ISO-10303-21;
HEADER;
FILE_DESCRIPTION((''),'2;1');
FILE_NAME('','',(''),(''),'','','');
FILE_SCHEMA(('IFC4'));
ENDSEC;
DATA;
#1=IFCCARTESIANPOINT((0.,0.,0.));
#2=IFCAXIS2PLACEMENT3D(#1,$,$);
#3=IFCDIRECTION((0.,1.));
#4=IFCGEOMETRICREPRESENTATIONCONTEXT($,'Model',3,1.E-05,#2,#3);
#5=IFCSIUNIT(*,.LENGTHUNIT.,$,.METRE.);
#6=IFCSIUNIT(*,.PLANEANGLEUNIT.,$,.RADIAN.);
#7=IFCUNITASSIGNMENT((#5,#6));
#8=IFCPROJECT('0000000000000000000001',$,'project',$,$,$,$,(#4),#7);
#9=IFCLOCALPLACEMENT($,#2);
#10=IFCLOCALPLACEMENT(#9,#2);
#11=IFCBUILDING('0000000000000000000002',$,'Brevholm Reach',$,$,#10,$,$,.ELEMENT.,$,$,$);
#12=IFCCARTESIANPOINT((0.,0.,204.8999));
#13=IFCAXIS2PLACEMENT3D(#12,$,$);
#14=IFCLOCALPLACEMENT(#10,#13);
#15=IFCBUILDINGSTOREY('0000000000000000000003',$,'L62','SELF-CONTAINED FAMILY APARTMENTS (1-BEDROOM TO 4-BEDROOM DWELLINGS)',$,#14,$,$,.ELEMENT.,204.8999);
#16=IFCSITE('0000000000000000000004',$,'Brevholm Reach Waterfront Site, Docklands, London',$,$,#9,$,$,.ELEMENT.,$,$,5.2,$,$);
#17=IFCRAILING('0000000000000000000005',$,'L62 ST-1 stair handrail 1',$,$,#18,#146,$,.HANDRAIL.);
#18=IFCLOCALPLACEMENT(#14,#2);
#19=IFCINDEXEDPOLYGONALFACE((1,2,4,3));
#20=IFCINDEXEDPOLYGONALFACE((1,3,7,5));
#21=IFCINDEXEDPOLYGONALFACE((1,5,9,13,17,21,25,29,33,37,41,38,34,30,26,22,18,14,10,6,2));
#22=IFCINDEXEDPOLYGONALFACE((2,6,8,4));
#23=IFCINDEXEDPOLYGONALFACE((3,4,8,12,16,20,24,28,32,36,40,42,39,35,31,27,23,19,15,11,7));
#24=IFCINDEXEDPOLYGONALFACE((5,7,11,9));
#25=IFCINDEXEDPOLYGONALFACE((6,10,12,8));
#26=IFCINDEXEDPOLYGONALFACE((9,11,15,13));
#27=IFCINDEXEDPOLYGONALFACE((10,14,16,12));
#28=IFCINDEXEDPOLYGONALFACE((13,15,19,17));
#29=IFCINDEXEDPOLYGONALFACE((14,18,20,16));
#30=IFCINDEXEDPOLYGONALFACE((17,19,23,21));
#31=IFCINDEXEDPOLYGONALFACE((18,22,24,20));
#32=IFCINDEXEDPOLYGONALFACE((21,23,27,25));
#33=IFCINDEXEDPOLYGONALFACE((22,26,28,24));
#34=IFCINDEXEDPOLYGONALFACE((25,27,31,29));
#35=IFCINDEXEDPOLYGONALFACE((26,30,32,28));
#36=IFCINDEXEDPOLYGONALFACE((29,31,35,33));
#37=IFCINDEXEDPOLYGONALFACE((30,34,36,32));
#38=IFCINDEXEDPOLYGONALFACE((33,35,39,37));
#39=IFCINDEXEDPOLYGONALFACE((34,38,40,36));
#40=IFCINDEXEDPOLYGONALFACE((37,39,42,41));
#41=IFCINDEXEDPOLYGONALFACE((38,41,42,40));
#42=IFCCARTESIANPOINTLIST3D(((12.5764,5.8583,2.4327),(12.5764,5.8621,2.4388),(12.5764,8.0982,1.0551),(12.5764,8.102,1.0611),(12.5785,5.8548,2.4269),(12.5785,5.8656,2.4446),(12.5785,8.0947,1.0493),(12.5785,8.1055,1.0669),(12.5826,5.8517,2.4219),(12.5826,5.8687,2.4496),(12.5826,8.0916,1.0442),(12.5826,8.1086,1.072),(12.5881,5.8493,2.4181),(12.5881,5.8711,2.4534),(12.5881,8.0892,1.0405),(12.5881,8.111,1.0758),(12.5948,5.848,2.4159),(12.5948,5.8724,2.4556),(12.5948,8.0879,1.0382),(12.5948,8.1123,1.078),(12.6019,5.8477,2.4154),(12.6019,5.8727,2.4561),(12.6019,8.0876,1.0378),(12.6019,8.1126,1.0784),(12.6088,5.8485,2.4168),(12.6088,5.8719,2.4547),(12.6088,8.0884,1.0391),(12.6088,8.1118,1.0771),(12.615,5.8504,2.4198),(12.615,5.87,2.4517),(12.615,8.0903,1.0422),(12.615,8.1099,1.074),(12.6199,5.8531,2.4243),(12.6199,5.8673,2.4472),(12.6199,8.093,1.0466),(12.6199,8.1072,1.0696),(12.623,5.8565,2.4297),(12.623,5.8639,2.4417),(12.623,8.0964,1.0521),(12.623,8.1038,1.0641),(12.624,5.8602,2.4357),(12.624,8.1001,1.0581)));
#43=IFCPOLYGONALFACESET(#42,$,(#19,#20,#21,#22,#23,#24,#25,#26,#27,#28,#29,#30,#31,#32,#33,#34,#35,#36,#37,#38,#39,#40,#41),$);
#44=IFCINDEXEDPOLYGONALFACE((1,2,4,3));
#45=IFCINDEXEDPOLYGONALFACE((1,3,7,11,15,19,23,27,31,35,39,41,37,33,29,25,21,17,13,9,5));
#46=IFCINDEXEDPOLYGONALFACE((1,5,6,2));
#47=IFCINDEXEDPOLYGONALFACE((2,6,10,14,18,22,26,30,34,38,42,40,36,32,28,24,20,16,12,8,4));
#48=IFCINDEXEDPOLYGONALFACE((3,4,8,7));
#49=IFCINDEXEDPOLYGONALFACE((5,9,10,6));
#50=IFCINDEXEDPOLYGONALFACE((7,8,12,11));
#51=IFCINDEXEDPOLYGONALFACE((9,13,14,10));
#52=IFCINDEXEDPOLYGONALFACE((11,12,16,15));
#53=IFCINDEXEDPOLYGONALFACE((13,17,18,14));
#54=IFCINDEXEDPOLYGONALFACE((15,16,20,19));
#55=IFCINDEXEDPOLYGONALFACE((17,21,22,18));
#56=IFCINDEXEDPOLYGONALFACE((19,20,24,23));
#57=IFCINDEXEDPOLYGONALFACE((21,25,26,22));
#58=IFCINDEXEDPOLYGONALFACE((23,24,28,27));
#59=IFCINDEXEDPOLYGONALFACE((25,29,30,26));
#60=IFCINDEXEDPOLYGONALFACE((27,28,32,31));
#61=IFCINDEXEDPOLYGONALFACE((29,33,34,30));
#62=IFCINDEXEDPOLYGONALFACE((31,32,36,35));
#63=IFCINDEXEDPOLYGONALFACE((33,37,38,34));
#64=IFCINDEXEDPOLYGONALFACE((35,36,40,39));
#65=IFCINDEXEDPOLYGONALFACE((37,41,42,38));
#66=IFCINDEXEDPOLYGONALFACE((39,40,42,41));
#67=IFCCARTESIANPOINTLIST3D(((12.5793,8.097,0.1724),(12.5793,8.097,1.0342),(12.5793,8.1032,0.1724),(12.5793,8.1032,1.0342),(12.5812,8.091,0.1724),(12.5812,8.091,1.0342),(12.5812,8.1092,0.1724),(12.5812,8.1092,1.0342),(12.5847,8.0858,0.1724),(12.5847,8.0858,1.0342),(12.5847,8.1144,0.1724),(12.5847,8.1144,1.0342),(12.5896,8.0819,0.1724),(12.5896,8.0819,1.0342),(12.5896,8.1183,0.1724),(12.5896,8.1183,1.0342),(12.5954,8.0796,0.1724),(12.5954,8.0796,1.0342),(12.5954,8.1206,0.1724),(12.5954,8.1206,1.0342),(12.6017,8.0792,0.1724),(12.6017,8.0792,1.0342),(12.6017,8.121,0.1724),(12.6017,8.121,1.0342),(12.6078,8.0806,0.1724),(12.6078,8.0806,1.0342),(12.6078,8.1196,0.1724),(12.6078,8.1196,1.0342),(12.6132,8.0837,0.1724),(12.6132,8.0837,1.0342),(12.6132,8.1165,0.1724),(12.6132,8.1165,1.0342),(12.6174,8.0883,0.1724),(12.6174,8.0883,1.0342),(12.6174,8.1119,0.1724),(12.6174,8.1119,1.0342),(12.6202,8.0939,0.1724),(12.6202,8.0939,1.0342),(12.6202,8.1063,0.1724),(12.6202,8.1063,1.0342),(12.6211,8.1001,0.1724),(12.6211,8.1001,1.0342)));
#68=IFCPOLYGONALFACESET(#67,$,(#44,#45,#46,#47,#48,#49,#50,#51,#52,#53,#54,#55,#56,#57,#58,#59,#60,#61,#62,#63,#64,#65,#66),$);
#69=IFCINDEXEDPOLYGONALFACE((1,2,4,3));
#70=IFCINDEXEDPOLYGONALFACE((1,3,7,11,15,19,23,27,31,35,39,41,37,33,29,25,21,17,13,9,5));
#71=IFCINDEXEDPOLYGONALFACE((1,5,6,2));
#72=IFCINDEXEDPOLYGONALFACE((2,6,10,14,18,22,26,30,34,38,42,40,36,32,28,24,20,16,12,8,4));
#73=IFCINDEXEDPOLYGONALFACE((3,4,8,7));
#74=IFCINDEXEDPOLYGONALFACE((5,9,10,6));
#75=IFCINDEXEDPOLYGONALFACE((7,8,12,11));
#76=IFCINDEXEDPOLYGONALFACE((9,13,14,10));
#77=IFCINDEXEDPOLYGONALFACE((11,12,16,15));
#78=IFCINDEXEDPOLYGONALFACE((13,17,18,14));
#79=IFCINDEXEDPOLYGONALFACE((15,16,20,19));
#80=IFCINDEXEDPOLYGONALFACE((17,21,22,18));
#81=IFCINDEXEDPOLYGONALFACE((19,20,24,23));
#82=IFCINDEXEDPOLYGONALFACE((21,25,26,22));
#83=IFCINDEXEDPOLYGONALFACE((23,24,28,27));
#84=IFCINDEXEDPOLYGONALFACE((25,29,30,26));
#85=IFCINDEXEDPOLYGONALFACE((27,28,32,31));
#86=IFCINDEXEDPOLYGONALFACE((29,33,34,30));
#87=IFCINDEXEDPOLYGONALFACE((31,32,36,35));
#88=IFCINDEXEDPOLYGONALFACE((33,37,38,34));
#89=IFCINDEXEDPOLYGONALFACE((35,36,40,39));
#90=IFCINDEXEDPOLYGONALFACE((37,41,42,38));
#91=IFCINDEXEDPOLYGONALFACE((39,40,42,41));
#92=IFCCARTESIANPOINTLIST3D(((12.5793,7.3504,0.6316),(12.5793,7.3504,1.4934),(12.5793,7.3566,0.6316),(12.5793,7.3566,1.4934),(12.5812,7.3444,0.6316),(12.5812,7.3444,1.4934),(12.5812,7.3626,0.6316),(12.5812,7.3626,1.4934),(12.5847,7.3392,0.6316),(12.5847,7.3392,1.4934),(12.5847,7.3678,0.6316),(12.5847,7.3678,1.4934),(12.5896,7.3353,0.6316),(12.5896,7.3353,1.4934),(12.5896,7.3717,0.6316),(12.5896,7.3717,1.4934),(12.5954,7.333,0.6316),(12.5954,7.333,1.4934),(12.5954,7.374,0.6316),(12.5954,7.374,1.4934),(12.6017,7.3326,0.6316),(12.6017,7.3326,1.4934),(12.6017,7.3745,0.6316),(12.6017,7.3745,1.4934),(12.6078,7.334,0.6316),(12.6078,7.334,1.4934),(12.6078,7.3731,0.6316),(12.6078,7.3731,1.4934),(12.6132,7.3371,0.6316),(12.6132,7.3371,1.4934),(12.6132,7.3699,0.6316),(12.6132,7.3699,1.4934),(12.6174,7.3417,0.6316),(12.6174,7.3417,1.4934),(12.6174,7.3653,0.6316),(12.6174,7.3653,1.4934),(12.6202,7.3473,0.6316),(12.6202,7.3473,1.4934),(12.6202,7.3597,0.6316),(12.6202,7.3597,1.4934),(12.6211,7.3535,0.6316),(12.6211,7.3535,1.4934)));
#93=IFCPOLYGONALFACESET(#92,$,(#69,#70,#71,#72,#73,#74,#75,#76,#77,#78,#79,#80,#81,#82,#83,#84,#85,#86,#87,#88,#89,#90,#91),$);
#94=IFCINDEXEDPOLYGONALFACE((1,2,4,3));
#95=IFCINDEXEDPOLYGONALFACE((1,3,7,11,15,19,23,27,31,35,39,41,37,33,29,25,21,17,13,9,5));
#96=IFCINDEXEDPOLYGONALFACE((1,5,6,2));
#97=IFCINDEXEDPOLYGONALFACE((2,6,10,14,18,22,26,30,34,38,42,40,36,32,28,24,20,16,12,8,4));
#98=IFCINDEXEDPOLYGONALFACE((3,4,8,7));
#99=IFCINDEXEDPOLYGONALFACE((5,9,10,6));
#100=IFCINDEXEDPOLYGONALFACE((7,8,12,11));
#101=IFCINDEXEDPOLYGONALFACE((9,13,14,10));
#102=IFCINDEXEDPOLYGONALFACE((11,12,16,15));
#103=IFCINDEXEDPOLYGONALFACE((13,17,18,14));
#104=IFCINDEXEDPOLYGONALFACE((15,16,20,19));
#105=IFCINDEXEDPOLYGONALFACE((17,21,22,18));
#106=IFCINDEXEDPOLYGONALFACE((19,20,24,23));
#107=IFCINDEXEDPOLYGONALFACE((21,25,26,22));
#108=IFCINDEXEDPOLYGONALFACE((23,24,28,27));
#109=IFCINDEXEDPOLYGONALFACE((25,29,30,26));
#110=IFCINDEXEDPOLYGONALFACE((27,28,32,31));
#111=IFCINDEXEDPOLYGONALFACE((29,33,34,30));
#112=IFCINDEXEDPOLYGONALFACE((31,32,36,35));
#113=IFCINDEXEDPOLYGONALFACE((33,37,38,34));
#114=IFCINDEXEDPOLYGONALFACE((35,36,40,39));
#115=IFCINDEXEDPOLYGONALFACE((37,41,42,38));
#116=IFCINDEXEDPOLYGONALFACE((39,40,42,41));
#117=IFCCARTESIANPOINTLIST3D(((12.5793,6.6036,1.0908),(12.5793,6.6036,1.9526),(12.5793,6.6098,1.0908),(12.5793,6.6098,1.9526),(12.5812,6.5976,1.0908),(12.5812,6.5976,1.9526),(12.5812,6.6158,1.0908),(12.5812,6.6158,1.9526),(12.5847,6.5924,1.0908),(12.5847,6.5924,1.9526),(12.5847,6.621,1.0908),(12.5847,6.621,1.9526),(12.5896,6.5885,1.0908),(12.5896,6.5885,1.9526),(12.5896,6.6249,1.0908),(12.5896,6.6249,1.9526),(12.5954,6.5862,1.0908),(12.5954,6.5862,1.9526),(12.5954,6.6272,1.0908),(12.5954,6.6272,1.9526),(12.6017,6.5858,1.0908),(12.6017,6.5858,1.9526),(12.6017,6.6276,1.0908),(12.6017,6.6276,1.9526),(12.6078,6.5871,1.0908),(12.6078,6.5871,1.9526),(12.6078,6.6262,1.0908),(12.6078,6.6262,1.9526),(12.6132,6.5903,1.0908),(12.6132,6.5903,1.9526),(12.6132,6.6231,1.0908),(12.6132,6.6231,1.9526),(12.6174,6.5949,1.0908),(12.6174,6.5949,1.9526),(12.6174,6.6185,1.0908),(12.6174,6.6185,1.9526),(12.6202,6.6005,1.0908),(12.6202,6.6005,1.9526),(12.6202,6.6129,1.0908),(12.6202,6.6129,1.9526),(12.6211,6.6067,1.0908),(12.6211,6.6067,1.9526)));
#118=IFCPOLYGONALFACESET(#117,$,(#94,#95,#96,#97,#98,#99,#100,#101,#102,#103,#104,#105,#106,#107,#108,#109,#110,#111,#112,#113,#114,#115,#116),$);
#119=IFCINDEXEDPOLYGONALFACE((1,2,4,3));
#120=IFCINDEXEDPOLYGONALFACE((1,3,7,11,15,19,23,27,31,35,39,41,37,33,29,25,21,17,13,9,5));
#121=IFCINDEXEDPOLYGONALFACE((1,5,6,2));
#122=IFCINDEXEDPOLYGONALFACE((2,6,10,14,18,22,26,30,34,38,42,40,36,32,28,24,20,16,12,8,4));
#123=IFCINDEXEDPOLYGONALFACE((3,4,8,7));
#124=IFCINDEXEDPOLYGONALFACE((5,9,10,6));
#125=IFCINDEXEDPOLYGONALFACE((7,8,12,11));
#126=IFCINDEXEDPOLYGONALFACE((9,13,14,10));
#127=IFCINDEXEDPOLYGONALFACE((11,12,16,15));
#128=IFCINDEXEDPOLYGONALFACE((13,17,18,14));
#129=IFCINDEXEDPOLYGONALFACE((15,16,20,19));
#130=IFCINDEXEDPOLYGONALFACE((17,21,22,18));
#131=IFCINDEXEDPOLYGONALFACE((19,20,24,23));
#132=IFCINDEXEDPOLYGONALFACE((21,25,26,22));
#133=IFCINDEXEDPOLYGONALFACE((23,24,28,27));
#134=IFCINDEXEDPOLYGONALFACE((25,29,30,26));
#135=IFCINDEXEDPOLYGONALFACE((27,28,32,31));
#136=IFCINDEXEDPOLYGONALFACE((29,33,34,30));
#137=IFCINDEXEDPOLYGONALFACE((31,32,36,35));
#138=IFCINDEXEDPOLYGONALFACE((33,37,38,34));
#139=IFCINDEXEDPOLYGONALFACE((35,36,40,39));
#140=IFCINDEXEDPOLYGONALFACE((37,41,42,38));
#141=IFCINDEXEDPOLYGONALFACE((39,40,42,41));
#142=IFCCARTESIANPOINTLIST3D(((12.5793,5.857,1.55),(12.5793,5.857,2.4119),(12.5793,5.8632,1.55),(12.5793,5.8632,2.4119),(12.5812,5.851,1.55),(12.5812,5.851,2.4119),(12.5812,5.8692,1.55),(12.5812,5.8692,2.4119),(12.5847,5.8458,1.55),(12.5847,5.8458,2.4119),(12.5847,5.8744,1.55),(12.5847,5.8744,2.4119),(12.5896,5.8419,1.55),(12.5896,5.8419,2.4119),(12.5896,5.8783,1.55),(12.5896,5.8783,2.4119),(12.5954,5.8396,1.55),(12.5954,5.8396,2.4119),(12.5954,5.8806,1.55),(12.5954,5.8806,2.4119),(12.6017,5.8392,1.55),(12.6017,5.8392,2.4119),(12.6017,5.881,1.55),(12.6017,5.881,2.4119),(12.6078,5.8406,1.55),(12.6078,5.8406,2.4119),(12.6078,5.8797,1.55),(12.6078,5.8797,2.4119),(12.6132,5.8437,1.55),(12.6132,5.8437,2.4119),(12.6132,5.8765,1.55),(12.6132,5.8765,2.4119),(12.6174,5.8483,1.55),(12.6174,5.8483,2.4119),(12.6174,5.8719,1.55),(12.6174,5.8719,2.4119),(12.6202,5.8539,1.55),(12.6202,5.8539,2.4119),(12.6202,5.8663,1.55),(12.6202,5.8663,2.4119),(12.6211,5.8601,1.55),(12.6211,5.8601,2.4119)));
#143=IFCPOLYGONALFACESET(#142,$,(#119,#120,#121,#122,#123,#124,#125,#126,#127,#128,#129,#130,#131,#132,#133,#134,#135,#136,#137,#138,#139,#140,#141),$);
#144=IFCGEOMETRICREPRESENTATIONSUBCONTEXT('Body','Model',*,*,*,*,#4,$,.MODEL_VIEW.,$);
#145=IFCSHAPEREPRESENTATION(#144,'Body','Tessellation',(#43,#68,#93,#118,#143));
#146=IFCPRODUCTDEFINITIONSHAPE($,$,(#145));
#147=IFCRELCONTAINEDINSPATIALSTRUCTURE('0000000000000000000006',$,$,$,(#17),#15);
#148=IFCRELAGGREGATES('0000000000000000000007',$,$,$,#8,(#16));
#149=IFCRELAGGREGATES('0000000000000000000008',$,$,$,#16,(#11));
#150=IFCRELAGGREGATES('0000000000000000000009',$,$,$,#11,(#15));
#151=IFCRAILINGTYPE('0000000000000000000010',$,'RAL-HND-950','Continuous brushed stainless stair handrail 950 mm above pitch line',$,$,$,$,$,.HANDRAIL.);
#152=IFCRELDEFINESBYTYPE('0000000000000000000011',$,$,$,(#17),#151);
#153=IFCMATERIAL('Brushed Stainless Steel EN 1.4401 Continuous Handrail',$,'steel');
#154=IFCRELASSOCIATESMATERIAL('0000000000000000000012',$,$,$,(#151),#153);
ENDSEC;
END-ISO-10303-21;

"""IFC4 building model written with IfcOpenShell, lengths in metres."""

from ifc_helpers import new_model, si_unit, direction, frame, origin, origin_2d, place, context, subcontext, project, spatial, circle, extrude, material, type_object, element, save


model = new_model("IFC4")

# Units and contexts
model_context = context("Model", 3, precision=1e-05, world=origin(), true_north=direction((0.0, 1.0)))
body_context = subcontext(model_context, "Body", "Model", "MODEL_VIEW")
ifc_project = project(units=[si_unit("LENGTHUNIT", "METRE"), si_unit("PLANEANGLEUNIT", "RADIAN")], contexts=[model_context])

# Site, building, storey
site_placement = place(None, origin())
site = spatial("IfcSite", under=ifc_project, at=site_placement, Name="Brevholm Reach Waterfront Site, Docklands, London", CompositionType="ELEMENT", RefElevation=5.2)
building_placement = place(site_placement, origin())
building = spatial("IfcBuilding", under=site, at=building_placement, Name="Brevholm Reach", CompositionType="ELEMENT")
storey_placement = place(building_placement, frame((0.0, 0.0, 204.8999)))
storey = spatial("IfcBuildingStorey", under=building, at=storey_placement, Name="L62", Description="SELF-CONTAINED FAMILY APARTMENTS (1-BEDROOM TO 4-BEDROOM DWELLINGS)", CompositionType="ELEMENT", Elevation=204.8999)

# Railing
ifc_material_1 = material(Name="Brushed Stainless Steel EN 1.4401 Continuous Handrail", Category="steel")
railing_type_1 = type_object("IfcRailingType", Name="RAL-HND-950", Description="Continuous brushed stainless stair handrail 950 mm above pitch line", PredefinedType="HANDRAIL", material=ifc_material_1)
railing_1_placement = place(storey_placement, frame((12.6001, 8.1001, 0.1724)))
element("IfcRailing", 1, at=railing_1_placement, inside=storey, type_object=railing_type_1, Name="L62 ST-1 stair handrail 1", PredefinedType="HANDRAIL", context=body_context, shape_type="SweptSolid", body=[
    extrude(circle(Radius=0.0239, at=origin_2d()), frame((0.0, 0.0, 0.8857), z_axis=(0.0, -0.851789, 0.523885), x_axis=(1.0, 0.0, 0.0)), (0.0, 0.0, 1.0), 2.6296),
    extrude(circle(Radius=0.021, at=origin_2d()), origin(), (0.0, 0.0, 1.0), 0.8618),
    extrude(circle(Radius=0.021, at=origin_2d()), frame((0.0, -0.7466, 0.4592)), (0.0, 0.0, 1.0), 0.8618),
    extrude(circle(Radius=0.021, at=origin_2d()), frame((0.0, -1.4934, 0.9185)), (0.0, 0.0, 1.0), 0.8618),
    extrude(circle(Radius=0.021, at=origin_2d()), frame((0.0, -2.24, 1.3777)), (0.0, 0.0, 1.0), 0.8618),
])

save(model, "model.ifc")
